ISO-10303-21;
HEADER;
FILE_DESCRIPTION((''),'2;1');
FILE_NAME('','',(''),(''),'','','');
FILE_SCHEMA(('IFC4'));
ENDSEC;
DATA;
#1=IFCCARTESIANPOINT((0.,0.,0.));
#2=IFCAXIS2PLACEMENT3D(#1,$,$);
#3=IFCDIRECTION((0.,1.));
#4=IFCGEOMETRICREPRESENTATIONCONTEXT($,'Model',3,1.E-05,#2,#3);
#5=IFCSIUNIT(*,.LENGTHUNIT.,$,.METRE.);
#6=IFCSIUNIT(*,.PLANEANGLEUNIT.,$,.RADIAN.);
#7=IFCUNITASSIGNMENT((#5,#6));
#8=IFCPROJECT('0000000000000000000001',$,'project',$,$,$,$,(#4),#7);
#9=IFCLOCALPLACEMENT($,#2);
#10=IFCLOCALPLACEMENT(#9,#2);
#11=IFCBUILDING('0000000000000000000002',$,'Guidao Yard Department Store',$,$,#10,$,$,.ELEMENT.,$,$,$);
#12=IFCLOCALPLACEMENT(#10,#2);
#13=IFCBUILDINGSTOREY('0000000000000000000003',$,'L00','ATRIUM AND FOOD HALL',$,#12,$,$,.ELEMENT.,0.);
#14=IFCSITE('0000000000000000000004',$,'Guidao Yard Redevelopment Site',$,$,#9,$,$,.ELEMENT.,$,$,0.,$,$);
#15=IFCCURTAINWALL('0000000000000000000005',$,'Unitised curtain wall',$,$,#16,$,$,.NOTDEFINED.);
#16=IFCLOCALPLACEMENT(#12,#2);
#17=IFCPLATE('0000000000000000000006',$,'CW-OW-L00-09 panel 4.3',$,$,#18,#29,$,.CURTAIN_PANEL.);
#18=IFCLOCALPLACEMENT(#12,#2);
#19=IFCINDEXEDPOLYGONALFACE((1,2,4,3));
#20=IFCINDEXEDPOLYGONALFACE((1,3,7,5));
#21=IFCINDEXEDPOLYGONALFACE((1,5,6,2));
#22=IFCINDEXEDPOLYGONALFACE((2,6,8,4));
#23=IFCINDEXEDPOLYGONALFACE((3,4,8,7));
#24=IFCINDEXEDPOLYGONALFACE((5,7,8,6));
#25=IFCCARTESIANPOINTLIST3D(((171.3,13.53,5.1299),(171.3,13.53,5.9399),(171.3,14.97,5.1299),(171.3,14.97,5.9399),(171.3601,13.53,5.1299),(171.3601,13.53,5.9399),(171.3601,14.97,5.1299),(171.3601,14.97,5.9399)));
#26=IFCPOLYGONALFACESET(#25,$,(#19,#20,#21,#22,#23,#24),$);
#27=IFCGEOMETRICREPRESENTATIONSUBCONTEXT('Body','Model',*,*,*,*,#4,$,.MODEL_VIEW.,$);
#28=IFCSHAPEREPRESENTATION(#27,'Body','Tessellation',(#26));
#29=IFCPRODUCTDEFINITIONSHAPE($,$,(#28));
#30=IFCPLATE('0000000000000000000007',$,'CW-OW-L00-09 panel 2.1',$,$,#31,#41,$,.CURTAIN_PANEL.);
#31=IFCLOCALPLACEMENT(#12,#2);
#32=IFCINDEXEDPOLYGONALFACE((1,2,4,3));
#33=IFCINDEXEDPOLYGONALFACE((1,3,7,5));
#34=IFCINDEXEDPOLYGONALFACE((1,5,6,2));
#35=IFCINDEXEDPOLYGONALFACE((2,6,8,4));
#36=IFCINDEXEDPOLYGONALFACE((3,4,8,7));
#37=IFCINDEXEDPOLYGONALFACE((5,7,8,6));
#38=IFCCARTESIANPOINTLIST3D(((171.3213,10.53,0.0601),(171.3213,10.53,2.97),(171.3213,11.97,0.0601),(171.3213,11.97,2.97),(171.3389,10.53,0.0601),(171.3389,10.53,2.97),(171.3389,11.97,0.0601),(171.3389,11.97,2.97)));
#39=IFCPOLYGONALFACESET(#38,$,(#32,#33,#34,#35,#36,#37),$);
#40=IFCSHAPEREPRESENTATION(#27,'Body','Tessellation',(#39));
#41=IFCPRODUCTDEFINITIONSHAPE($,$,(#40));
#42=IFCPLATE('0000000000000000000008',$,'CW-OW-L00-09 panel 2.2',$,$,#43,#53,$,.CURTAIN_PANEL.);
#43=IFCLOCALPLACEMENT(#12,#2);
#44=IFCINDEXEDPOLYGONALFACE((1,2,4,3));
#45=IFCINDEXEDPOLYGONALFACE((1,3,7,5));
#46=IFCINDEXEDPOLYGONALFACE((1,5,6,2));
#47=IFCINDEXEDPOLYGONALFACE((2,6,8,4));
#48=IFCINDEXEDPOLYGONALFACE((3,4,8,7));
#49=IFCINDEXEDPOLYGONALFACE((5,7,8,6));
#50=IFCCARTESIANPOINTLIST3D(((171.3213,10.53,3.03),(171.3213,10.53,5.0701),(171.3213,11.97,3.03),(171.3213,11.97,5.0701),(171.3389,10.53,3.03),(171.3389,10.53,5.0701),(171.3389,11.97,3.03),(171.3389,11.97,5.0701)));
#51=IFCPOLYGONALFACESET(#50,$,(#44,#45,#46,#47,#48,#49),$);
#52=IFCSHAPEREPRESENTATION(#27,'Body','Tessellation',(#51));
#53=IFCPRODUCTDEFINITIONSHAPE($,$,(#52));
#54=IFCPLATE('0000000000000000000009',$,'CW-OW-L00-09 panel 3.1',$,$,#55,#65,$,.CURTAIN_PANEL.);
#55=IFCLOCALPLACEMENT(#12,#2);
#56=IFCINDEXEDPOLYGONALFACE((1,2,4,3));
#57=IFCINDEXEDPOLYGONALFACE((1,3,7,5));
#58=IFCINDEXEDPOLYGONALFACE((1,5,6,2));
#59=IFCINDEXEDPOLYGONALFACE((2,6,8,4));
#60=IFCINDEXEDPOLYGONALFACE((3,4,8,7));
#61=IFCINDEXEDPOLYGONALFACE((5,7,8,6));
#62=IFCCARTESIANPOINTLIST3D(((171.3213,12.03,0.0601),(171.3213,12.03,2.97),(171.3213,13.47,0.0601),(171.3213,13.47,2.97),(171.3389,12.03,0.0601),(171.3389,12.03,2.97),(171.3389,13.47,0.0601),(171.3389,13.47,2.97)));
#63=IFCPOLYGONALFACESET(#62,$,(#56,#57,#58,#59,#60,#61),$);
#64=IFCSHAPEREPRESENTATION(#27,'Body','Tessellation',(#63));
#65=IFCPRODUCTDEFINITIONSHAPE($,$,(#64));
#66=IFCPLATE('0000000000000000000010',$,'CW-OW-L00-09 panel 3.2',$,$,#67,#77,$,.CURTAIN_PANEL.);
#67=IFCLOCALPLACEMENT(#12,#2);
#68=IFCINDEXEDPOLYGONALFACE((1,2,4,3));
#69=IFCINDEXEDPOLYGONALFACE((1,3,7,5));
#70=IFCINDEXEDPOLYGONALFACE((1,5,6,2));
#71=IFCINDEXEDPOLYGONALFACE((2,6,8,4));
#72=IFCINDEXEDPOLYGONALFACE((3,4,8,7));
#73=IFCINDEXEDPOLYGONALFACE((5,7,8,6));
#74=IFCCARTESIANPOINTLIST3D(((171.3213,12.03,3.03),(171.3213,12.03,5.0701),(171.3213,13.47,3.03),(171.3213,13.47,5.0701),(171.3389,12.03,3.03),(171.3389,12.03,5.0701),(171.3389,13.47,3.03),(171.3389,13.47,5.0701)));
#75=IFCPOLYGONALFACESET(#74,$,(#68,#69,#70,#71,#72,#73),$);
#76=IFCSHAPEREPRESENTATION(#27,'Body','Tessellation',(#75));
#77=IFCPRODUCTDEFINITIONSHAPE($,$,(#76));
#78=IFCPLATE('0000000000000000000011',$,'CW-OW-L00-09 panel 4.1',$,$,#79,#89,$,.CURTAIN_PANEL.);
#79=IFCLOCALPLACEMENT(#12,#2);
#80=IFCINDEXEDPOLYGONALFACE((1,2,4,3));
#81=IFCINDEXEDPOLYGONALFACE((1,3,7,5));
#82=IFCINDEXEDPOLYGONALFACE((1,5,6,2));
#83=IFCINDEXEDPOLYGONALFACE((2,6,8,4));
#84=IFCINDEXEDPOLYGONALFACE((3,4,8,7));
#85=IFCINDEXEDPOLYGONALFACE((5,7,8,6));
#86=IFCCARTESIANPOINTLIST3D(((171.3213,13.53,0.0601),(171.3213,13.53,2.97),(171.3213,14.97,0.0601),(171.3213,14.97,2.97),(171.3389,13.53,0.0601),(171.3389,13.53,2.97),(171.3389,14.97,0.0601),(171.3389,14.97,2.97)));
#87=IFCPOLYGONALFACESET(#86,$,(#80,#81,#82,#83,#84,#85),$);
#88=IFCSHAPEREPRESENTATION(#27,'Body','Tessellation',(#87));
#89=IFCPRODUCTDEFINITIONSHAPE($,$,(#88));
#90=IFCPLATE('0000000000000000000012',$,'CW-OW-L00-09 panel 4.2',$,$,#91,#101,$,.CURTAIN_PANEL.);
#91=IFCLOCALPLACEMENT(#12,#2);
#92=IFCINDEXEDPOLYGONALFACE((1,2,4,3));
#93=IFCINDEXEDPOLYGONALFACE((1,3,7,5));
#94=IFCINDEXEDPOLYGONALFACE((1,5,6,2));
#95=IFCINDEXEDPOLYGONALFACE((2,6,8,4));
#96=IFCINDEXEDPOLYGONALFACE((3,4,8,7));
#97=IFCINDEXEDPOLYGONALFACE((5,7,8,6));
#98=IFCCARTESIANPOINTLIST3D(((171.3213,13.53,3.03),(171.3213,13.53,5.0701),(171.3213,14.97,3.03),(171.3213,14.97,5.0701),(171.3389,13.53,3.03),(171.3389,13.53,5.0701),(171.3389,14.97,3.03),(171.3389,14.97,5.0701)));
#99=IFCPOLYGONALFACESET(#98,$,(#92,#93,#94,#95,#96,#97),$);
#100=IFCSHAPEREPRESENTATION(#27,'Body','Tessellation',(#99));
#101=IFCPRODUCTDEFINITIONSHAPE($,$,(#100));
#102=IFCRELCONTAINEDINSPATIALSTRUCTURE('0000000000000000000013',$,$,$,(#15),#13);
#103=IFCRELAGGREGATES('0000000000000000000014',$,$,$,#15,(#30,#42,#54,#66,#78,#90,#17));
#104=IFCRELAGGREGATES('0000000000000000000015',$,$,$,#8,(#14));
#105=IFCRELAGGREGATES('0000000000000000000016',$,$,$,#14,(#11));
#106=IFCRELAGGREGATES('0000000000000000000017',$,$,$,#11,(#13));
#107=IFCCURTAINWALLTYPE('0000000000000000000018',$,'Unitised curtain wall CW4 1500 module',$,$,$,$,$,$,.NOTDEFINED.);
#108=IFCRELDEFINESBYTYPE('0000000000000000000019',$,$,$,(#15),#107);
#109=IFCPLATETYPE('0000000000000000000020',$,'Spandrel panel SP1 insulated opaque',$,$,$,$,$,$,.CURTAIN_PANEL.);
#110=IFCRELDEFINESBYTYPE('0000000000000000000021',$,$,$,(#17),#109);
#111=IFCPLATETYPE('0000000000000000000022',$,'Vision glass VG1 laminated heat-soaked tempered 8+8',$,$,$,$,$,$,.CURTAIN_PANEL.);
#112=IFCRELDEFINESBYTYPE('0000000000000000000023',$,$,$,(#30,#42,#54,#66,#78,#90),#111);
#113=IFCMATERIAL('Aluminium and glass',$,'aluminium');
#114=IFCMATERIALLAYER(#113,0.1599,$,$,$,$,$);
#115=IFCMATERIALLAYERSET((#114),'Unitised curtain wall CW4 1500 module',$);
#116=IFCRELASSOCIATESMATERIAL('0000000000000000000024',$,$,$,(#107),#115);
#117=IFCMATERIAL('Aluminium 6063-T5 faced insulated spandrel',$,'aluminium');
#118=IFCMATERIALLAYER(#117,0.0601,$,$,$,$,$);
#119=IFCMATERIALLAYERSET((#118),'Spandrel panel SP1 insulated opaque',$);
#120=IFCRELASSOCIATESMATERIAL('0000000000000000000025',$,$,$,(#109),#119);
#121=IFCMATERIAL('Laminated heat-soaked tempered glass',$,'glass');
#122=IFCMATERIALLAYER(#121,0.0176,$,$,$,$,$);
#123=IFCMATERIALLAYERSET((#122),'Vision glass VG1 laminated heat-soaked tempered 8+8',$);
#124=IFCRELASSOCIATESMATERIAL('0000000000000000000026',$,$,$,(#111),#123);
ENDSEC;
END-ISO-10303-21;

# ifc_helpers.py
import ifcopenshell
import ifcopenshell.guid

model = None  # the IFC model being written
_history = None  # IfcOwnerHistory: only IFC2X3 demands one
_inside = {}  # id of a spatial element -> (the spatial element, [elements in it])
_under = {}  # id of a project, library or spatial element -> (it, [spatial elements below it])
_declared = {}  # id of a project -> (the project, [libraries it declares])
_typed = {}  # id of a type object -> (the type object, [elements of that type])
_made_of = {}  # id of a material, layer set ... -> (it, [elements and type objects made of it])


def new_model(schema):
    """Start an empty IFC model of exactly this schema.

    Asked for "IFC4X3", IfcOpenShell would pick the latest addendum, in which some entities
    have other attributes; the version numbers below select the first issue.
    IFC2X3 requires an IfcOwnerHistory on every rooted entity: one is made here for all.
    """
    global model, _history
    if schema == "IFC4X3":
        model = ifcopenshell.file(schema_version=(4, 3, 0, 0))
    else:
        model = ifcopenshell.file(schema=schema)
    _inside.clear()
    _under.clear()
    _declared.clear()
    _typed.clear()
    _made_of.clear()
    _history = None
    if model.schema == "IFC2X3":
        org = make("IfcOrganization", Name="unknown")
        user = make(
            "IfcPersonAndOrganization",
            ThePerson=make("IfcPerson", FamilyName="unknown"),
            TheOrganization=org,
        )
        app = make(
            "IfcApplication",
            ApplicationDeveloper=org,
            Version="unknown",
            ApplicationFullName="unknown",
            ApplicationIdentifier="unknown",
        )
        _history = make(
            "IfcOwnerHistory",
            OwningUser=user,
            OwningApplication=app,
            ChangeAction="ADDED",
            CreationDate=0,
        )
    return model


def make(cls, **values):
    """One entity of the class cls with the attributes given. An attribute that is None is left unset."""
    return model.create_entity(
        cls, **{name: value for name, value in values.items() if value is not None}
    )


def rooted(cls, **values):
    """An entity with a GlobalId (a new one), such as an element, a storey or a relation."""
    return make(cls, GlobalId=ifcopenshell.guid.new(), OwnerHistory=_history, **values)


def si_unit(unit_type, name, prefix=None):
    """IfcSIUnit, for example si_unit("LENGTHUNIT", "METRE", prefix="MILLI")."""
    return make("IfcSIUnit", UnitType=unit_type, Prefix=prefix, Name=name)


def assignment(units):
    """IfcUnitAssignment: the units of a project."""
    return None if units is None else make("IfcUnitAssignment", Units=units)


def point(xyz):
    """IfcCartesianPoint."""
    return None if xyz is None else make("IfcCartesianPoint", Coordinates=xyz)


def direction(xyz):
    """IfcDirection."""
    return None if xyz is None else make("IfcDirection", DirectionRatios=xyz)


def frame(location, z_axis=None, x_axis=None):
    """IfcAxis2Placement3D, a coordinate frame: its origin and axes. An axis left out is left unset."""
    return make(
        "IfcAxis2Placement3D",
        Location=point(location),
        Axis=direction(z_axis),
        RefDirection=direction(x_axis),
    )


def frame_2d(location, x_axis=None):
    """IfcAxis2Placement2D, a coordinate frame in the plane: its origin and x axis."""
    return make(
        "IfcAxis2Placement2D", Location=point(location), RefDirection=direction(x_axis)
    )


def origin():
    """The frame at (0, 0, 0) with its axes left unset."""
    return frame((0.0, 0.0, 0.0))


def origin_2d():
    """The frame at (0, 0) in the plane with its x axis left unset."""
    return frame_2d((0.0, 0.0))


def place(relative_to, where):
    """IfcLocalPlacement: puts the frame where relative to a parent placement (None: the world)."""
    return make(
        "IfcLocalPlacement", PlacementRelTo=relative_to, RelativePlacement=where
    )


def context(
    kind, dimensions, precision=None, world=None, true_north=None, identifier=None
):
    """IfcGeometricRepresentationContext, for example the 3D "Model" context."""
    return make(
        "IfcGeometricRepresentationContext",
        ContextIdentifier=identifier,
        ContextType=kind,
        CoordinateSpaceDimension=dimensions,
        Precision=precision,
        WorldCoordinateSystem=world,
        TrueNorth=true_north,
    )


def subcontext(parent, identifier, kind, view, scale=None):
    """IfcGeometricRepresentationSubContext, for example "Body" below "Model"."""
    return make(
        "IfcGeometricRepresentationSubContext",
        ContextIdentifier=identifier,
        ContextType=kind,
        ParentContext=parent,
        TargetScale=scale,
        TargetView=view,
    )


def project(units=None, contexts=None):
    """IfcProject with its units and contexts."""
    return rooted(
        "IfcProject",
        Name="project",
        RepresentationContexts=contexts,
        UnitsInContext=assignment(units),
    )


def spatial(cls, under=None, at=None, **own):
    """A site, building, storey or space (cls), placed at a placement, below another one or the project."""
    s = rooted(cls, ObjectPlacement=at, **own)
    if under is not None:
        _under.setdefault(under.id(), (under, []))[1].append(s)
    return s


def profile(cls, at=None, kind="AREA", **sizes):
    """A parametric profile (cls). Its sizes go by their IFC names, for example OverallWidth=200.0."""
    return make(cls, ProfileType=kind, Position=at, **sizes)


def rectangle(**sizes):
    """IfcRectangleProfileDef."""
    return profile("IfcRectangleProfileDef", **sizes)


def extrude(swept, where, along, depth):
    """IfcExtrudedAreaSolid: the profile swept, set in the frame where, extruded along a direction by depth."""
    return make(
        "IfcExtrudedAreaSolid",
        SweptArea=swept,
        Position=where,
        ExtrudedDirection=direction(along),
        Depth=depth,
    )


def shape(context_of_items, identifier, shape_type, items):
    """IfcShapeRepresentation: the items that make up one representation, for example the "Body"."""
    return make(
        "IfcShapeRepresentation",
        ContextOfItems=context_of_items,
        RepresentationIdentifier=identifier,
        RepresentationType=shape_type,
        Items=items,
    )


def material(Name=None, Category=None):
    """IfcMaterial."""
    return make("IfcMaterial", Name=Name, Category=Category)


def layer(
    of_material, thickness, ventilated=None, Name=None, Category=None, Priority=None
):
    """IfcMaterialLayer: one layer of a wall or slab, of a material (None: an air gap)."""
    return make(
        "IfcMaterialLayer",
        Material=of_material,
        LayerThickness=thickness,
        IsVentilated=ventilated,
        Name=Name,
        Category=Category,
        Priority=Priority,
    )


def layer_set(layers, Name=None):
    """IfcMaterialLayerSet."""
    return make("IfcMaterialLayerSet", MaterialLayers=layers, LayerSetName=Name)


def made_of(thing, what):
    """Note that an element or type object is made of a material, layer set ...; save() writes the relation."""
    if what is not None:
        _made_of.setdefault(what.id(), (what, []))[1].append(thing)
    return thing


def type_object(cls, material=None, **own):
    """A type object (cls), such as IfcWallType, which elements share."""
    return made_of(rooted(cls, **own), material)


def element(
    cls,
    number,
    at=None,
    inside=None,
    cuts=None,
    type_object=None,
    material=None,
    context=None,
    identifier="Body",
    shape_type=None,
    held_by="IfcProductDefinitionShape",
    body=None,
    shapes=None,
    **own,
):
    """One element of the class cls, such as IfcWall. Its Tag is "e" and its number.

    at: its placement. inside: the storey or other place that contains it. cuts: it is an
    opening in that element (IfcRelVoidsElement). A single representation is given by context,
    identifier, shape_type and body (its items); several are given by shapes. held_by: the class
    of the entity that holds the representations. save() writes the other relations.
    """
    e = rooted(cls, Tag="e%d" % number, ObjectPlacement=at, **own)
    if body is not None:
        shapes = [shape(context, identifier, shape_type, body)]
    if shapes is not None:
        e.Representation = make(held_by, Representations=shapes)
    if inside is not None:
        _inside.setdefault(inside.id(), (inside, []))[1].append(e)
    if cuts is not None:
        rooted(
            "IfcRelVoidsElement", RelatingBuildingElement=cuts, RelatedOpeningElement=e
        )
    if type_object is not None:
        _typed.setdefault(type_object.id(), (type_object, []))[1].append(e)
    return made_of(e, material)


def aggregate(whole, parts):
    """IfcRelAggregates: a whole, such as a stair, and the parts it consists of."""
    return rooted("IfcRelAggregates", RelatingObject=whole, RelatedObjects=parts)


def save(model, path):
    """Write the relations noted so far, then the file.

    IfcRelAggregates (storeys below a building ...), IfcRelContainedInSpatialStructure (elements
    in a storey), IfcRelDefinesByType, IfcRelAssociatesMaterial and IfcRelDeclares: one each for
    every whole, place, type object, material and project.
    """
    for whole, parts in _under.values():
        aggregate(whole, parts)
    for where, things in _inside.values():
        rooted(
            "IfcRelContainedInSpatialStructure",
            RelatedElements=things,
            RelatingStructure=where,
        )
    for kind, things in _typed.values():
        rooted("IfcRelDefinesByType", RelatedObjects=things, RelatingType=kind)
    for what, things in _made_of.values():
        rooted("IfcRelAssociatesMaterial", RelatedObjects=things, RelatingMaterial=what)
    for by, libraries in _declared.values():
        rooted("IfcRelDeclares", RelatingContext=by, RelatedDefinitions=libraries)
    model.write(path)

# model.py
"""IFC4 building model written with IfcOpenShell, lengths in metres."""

from ifc_helpers import new_model, si_unit, direction, frame, origin, origin_2d, place, context, subcontext, project, spatial, rectangle, extrude, material, layer, layer_set, type_object, element, aggregate, save


model = new_model("IFC4")

# Units and contexts
model_context = context("Model", 3, precision=1e-05, world=origin(), true_north=direction((0.0, 1.0)))
body_context = subcontext(model_context, "Body", "Model", "MODEL_VIEW")
ifc_project = project(units=[si_unit("LENGTHUNIT", "METRE"), si_unit("PLANEANGLEUNIT", "RADIAN")], contexts=[model_context])

# Site, building, storey
site_placement = place(None, origin())
site = spatial("IfcSite", under=ifc_project, at=site_placement, Name="Guidao Yard Redevelopment Site", CompositionType="ELEMENT", RefElevation=0.0)
building_placement = place(site_placement, origin())
building = spatial("IfcBuilding", under=site, at=building_placement, Name="Guidao Yard Department Store", CompositionType="ELEMENT")
storey_placement = place(building_placement, origin())
storey = spatial("IfcBuildingStorey", under=building, at=storey_placement, Name="L00", Description="ATRIUM AND FOOD HALL", CompositionType="ELEMENT", Elevation=0.0)

# Curtain wall, plates
ifc_material_1 = material(Name="Aluminium and glass", Category="aluminium")
ifc_layer_1 = layer(ifc_material_1, 0.1599)
ifc_layer_set_1 = layer_set([ifc_layer_1], Name="Unitised curtain wall CW4 1500 module")
curtain_wall_type = type_object("IfcCurtainWallType", Name="Unitised curtain wall CW4 1500 module", PredefinedType="NOTDEFINED", material=ifc_layer_set_1)
curtain_wall_placement = place(storey_placement, origin())
curtain_wall = element("IfcCurtainWall", 1, at=curtain_wall_placement, inside=storey, type_object=curtain_wall_type, Name="Unitised curtain wall", PredefinedType="NOTDEFINED")
ifc_material_2 = material(Name="Aluminium 6063-T5 faced insulated spandrel", Category="aluminium")
ifc_layer_2 = layer(ifc_material_2, 0.0601)
ifc_layer_set_2 = layer_set([ifc_layer_2], Name="Spandrel panel SP1 insulated opaque")
plate_type_1 = type_object("IfcPlateType", Name="Spandrel panel SP1 insulated opaque", PredefinedType="CURTAIN_PANEL", material=ifc_layer_set_2)
plate_1_placement = place(storey_placement, frame((171.3301, 14.25, 5.1299), z_axis=(0.0, 0.0, 1.0), x_axis=(0.0, -1.0, 0.0)))
plate_1 = element("IfcPlate", 2, at=plate_1_placement, type_object=plate_type_1, Name="CW-OW-L00-09 panel 4.3", PredefinedType="CURTAIN_PANEL", context=body_context, shape_type="SweptSolid", body=[
    extrude(rectangle(XDim=1.4399, YDim=0.0601, at=origin_2d()), origin(), (0.0, 0.0, 1.0), 0.8101),
])
ifc_material_3 = material(Name="Laminated heat-soaked tempered glass", Category="glass")
ifc_layer_3 = layer(ifc_material_3, 0.0176)
ifc_layer_set_3 = layer_set([ifc_layer_3], Name="Vision glass VG1 laminated heat-soaked tempered 8+8")
plate_type_2 = type_object("IfcPlateType", Name="Vision glass VG1 laminated heat-soaked tempered 8+8", PredefinedType="CURTAIN_PANEL", material=ifc_layer_set_3)
plate_2_placement = place(storey_placement, frame((171.3301, 11.25, 0.0601), z_axis=(0.0, 0.0, 1.0), x_axis=(0.0, -1.0, 0.0)))
plate_2 = element("IfcPlate", 3, at=plate_2_placement, type_object=plate_type_2, Name="CW-OW-L00-09 panel 2.1", PredefinedType="CURTAIN_PANEL", context=body_context, shape_type="SweptSolid", body=[
    extrude(rectangle(XDim=1.4399, YDim=0.0176, at=origin_2d()), origin(), (0.0, 0.0, 1.0), 2.9099),
])
plate_3_placement = place(storey_placement, frame((171.3301, 11.25, 3.03), z_axis=(0.0, 0.0, 1.0), x_axis=(0.0, -1.0, 0.0)))
plate_3 = element("IfcPlate", 4, at=plate_3_placement, type_object=plate_type_2, Name="CW-OW-L00-09 panel 2.2", PredefinedType="CURTAIN_PANEL", context=body_context, shape_type="SweptSolid", body=[
    extrude(rectangle(XDim=1.4399, YDim=0.0176, at=origin_2d()), origin(), (0.0, 0.0, 1.0), 2.04),
])
plate_4_placement = place(storey_placement, frame((171.3301, 12.75, 0.0601), z_axis=(0.0, 0.0, 1.0), x_axis=(0.0, -1.0, 0.0)))
plate_4 = element("IfcPlate", 5, at=plate_4_placement, type_object=plate_type_2, Name="CW-OW-L00-09 panel 3.1", PredefinedType="CURTAIN_PANEL", context=body_context, shape_type="SweptSolid", body=[
    extrude(rectangle(XDim=1.4399, YDim=0.0176, at=origin_2d()), origin(), (0.0, 0.0, 1.0), 2.9099),
])
plate_5_placement = place(storey_placement, frame((171.3301, 12.75, 3.03), z_axis=(0.0, 0.0, 1.0), x_axis=(0.0, -1.0, 0.0)))
plate_5 = element("IfcPlate", 6, at=plate_5_placement, type_object=plate_type_2, Name="CW-OW-L00-09 panel 3.2", PredefinedType="CURTAIN_PANEL", context=body_context, shape_type="SweptSolid", body=[
    extrude(rectangle(XDim=1.4399, YDim=0.0176, at=origin_2d()), origin(), (0.0, 0.0, 1.0), 2.04),
])
plate_6_placement = place(storey_placement, frame((171.3301, 14.25, 0.0601), z_axis=(0.0, 0.0, 1.0), x_axis=(0.0, -1.0, 0.0)))
plate_6 = element("IfcPlate", 7, at=plate_6_placement, type_object=plate_type_2, Name="CW-OW-L00-09 panel 4.1", PredefinedType="CURTAIN_PANEL", context=body_context, shape_type="SweptSolid", body=[
    extrude(rectangle(XDim=1.4399, YDim=0.0176, at=origin_2d()), origin(), (0.0, 0.0, 1.0), 2.9099),
])
plate_7_placement = place(storey_placement, frame((171.3301, 14.25, 3.03), z_axis=(0.0, 0.0, 1.0), x_axis=(0.0, -1.0, 0.0)))
plate_7 = element("IfcPlate", 8, at=plate_7_placement, type_object=plate_type_2, Name="CW-OW-L00-09 panel 4.2", PredefinedType="CURTAIN_PANEL", context=body_context, shape_type="SweptSolid", body=[
    extrude(rectangle(XDim=1.4399, YDim=0.0176, at=origin_2d()), origin(), (0.0, 0.0, 1.0), 2.04),
])
aggregate(curtain_wall, [plate_2, plate_3, plate_4, plate_5, plate_6, plate_7, plate_1])

save(model, "model.ifc")
